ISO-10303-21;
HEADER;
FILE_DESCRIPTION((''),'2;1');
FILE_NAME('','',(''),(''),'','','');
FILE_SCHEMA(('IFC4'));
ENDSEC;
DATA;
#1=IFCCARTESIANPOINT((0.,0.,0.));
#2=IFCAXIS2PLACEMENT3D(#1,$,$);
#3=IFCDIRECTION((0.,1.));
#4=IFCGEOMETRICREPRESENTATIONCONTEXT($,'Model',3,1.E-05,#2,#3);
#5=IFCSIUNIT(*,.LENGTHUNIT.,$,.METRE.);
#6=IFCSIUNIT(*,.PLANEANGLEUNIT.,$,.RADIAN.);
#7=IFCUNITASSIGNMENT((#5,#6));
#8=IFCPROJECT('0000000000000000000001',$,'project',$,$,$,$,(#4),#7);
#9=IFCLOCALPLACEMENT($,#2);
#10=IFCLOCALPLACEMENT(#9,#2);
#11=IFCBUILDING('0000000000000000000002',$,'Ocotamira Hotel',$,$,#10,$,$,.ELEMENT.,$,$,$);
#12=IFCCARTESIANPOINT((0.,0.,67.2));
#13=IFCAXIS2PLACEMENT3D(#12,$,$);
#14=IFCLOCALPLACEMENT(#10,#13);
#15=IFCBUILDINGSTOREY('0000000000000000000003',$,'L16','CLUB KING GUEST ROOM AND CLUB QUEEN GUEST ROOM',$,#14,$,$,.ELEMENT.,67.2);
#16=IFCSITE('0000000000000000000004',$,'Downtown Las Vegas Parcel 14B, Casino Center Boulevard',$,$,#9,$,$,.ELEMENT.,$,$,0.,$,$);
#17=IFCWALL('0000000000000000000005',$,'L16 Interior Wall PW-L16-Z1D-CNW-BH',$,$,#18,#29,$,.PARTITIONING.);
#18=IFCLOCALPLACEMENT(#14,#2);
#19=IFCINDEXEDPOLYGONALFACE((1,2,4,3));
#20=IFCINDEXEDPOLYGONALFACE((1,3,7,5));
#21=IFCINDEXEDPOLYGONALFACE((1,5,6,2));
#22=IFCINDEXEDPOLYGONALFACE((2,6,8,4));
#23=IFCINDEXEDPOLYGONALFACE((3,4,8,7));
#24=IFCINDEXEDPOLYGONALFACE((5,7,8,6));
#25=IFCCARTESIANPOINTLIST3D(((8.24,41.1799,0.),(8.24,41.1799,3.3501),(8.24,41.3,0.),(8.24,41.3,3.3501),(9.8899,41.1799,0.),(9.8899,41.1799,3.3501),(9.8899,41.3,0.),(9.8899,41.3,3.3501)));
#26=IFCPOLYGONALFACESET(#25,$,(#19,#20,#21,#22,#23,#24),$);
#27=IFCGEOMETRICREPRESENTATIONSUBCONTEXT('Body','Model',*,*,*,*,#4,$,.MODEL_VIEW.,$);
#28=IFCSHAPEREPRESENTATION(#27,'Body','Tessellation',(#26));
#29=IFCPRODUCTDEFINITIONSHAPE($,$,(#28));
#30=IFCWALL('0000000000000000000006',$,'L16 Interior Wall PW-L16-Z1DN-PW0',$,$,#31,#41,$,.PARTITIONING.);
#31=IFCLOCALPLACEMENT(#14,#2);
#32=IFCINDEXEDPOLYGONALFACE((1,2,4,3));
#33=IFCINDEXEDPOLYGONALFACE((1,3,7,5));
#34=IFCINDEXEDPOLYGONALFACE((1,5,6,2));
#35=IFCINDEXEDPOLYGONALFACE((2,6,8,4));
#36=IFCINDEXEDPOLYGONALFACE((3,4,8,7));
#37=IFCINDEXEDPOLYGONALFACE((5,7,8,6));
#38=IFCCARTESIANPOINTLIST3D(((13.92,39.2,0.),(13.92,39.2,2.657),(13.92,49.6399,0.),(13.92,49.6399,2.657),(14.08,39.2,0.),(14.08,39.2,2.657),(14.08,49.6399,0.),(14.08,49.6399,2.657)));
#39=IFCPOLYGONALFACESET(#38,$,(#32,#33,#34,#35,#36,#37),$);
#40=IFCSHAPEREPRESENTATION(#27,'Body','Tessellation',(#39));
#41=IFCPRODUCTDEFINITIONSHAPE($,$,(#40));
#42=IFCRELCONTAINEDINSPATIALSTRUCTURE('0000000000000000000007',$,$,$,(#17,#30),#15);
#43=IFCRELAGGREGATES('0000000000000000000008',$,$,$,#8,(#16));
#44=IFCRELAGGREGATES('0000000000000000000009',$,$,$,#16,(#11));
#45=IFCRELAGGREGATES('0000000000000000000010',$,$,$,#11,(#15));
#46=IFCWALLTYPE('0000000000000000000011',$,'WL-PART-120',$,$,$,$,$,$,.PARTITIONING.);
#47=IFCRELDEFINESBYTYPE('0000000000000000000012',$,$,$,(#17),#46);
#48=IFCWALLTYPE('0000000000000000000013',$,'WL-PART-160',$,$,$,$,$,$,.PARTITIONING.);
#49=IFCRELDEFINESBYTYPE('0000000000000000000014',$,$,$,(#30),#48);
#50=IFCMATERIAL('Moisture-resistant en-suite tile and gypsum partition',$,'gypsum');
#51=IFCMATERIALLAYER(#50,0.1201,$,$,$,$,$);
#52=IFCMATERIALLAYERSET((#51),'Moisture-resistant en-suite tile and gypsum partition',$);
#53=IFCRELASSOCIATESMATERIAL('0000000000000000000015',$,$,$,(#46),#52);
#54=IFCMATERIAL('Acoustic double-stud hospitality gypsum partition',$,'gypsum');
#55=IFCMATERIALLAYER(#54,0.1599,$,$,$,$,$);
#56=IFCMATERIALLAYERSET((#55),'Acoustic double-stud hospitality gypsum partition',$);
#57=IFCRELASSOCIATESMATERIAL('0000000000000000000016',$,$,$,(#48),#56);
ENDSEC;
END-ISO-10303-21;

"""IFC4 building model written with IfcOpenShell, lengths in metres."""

from ifc_helpers import new_model, si_unit, direction, frame, frame_2d, origin, place, context, subcontext, project, spatial, rectangle, extrude, material, layer, layer_set, type_object, element, save


model = new_model("IFC4")

# Units and contexts
model_context = context("Model", 3, precision=1e-05, world=origin(), true_north=direction((0.0, 1.0)))
body_context = subcontext(model_context, "Body", "Model", "MODEL_VIEW")
ifc_project = project(units=[si_unit("LENGTHUNIT", "METRE"), si_unit("PLANEANGLEUNIT", "RADIAN")], contexts=[model_context])

# Site, building, storey
site_placement = place(None, origin())
site = spatial("IfcSite", under=ifc_project, at=site_placement, Name="Downtown Las Vegas Parcel 14B, Casino Center Boulevard", CompositionType="ELEMENT", RefElevation=0.0)
building_placement = place(site_placement, origin())
building = spatial("IfcBuilding", under=site, at=building_placement, Name="Ocotamira Hotel", CompositionType="ELEMENT")
storey_placement = place(building_placement, frame((0.0, 0.0, 67.2)))
storey = spatial("IfcBuildingStorey", under=building, at=storey_placement, Name="L16", Description="CLUB KING GUEST ROOM AND CLUB QUEEN GUEST ROOM", CompositionType="ELEMENT", Elevation=67.2)

# Shared definitions
ifc_material_1 = material(Name="Moisture-resistant en-suite tile and gypsum partition", Category="gypsum")
ifc_layer_1 = layer(ifc_material_1, 0.1201)
ifc_layer_set_1 = layer_set([ifc_layer_1], Name="Moisture-resistant en-suite tile and gypsum partition")
wall_type_1 = type_object("IfcWallType", Name="WL-PART-120", PredefinedType="PARTITIONING", material=ifc_layer_set_1)

# Wall
wall_1_placement = place(storey_placement, frame((8.24, 41.24, 0.0), z_axis=(0.0, 0.0, 1.0), x_axis=(1.0, 0.0, 0.0)))
element("IfcWall", 1, at=wall_1_placement, inside=storey, type_object=wall_type_1, Name="L16 Interior Wall PW-L16-Z1D-CNW-BH", PredefinedType="PARTITIONING", context=body_context, shape_type="SweptSolid", body=[
    extrude(rectangle(XDim=1.6499, YDim=0.1201, at=frame_2d((0.825, 0.0))), origin(), (0.0, 0.0, 1.0), 3.3501),
])

# Wall
ifc_material_2 = material(Name="Acoustic double-stud hospitality gypsum partition", Category="gypsum")
ifc_layer_2 = layer(ifc_material_2, 0.1599)
ifc_layer_set_2 = layer_set([ifc_layer_2], Name="Acoustic double-stud hospitality gypsum partition")
wall_type_2 = type_object("IfcWallType", Name="WL-PART-160", PredefinedType="PARTITIONING", material=ifc_layer_set_2)
wall_2_placement = place(storey_placement, frame((14.0, 39.2, 0.0), z_axis=(0.0, 0.0, 1.0), x_axis=(0.0, 1.0, 0.0)))
element("IfcWall", 2, at=wall_2_placement, inside=storey, type_object=wall_type_2, Name="L16 Interior Wall PW-L16-Z1DN-PW0", PredefinedType="PARTITIONING", context=body_context, shape_type="SweptSolid", body=[
    extrude(rectangle(XDim=10.4399, YDim=0.1599, at=frame_2d((5.22, 0.0))), origin(), (0.0, 0.0, 1.0), 2.657),
])

save(model, "model.ifc")
